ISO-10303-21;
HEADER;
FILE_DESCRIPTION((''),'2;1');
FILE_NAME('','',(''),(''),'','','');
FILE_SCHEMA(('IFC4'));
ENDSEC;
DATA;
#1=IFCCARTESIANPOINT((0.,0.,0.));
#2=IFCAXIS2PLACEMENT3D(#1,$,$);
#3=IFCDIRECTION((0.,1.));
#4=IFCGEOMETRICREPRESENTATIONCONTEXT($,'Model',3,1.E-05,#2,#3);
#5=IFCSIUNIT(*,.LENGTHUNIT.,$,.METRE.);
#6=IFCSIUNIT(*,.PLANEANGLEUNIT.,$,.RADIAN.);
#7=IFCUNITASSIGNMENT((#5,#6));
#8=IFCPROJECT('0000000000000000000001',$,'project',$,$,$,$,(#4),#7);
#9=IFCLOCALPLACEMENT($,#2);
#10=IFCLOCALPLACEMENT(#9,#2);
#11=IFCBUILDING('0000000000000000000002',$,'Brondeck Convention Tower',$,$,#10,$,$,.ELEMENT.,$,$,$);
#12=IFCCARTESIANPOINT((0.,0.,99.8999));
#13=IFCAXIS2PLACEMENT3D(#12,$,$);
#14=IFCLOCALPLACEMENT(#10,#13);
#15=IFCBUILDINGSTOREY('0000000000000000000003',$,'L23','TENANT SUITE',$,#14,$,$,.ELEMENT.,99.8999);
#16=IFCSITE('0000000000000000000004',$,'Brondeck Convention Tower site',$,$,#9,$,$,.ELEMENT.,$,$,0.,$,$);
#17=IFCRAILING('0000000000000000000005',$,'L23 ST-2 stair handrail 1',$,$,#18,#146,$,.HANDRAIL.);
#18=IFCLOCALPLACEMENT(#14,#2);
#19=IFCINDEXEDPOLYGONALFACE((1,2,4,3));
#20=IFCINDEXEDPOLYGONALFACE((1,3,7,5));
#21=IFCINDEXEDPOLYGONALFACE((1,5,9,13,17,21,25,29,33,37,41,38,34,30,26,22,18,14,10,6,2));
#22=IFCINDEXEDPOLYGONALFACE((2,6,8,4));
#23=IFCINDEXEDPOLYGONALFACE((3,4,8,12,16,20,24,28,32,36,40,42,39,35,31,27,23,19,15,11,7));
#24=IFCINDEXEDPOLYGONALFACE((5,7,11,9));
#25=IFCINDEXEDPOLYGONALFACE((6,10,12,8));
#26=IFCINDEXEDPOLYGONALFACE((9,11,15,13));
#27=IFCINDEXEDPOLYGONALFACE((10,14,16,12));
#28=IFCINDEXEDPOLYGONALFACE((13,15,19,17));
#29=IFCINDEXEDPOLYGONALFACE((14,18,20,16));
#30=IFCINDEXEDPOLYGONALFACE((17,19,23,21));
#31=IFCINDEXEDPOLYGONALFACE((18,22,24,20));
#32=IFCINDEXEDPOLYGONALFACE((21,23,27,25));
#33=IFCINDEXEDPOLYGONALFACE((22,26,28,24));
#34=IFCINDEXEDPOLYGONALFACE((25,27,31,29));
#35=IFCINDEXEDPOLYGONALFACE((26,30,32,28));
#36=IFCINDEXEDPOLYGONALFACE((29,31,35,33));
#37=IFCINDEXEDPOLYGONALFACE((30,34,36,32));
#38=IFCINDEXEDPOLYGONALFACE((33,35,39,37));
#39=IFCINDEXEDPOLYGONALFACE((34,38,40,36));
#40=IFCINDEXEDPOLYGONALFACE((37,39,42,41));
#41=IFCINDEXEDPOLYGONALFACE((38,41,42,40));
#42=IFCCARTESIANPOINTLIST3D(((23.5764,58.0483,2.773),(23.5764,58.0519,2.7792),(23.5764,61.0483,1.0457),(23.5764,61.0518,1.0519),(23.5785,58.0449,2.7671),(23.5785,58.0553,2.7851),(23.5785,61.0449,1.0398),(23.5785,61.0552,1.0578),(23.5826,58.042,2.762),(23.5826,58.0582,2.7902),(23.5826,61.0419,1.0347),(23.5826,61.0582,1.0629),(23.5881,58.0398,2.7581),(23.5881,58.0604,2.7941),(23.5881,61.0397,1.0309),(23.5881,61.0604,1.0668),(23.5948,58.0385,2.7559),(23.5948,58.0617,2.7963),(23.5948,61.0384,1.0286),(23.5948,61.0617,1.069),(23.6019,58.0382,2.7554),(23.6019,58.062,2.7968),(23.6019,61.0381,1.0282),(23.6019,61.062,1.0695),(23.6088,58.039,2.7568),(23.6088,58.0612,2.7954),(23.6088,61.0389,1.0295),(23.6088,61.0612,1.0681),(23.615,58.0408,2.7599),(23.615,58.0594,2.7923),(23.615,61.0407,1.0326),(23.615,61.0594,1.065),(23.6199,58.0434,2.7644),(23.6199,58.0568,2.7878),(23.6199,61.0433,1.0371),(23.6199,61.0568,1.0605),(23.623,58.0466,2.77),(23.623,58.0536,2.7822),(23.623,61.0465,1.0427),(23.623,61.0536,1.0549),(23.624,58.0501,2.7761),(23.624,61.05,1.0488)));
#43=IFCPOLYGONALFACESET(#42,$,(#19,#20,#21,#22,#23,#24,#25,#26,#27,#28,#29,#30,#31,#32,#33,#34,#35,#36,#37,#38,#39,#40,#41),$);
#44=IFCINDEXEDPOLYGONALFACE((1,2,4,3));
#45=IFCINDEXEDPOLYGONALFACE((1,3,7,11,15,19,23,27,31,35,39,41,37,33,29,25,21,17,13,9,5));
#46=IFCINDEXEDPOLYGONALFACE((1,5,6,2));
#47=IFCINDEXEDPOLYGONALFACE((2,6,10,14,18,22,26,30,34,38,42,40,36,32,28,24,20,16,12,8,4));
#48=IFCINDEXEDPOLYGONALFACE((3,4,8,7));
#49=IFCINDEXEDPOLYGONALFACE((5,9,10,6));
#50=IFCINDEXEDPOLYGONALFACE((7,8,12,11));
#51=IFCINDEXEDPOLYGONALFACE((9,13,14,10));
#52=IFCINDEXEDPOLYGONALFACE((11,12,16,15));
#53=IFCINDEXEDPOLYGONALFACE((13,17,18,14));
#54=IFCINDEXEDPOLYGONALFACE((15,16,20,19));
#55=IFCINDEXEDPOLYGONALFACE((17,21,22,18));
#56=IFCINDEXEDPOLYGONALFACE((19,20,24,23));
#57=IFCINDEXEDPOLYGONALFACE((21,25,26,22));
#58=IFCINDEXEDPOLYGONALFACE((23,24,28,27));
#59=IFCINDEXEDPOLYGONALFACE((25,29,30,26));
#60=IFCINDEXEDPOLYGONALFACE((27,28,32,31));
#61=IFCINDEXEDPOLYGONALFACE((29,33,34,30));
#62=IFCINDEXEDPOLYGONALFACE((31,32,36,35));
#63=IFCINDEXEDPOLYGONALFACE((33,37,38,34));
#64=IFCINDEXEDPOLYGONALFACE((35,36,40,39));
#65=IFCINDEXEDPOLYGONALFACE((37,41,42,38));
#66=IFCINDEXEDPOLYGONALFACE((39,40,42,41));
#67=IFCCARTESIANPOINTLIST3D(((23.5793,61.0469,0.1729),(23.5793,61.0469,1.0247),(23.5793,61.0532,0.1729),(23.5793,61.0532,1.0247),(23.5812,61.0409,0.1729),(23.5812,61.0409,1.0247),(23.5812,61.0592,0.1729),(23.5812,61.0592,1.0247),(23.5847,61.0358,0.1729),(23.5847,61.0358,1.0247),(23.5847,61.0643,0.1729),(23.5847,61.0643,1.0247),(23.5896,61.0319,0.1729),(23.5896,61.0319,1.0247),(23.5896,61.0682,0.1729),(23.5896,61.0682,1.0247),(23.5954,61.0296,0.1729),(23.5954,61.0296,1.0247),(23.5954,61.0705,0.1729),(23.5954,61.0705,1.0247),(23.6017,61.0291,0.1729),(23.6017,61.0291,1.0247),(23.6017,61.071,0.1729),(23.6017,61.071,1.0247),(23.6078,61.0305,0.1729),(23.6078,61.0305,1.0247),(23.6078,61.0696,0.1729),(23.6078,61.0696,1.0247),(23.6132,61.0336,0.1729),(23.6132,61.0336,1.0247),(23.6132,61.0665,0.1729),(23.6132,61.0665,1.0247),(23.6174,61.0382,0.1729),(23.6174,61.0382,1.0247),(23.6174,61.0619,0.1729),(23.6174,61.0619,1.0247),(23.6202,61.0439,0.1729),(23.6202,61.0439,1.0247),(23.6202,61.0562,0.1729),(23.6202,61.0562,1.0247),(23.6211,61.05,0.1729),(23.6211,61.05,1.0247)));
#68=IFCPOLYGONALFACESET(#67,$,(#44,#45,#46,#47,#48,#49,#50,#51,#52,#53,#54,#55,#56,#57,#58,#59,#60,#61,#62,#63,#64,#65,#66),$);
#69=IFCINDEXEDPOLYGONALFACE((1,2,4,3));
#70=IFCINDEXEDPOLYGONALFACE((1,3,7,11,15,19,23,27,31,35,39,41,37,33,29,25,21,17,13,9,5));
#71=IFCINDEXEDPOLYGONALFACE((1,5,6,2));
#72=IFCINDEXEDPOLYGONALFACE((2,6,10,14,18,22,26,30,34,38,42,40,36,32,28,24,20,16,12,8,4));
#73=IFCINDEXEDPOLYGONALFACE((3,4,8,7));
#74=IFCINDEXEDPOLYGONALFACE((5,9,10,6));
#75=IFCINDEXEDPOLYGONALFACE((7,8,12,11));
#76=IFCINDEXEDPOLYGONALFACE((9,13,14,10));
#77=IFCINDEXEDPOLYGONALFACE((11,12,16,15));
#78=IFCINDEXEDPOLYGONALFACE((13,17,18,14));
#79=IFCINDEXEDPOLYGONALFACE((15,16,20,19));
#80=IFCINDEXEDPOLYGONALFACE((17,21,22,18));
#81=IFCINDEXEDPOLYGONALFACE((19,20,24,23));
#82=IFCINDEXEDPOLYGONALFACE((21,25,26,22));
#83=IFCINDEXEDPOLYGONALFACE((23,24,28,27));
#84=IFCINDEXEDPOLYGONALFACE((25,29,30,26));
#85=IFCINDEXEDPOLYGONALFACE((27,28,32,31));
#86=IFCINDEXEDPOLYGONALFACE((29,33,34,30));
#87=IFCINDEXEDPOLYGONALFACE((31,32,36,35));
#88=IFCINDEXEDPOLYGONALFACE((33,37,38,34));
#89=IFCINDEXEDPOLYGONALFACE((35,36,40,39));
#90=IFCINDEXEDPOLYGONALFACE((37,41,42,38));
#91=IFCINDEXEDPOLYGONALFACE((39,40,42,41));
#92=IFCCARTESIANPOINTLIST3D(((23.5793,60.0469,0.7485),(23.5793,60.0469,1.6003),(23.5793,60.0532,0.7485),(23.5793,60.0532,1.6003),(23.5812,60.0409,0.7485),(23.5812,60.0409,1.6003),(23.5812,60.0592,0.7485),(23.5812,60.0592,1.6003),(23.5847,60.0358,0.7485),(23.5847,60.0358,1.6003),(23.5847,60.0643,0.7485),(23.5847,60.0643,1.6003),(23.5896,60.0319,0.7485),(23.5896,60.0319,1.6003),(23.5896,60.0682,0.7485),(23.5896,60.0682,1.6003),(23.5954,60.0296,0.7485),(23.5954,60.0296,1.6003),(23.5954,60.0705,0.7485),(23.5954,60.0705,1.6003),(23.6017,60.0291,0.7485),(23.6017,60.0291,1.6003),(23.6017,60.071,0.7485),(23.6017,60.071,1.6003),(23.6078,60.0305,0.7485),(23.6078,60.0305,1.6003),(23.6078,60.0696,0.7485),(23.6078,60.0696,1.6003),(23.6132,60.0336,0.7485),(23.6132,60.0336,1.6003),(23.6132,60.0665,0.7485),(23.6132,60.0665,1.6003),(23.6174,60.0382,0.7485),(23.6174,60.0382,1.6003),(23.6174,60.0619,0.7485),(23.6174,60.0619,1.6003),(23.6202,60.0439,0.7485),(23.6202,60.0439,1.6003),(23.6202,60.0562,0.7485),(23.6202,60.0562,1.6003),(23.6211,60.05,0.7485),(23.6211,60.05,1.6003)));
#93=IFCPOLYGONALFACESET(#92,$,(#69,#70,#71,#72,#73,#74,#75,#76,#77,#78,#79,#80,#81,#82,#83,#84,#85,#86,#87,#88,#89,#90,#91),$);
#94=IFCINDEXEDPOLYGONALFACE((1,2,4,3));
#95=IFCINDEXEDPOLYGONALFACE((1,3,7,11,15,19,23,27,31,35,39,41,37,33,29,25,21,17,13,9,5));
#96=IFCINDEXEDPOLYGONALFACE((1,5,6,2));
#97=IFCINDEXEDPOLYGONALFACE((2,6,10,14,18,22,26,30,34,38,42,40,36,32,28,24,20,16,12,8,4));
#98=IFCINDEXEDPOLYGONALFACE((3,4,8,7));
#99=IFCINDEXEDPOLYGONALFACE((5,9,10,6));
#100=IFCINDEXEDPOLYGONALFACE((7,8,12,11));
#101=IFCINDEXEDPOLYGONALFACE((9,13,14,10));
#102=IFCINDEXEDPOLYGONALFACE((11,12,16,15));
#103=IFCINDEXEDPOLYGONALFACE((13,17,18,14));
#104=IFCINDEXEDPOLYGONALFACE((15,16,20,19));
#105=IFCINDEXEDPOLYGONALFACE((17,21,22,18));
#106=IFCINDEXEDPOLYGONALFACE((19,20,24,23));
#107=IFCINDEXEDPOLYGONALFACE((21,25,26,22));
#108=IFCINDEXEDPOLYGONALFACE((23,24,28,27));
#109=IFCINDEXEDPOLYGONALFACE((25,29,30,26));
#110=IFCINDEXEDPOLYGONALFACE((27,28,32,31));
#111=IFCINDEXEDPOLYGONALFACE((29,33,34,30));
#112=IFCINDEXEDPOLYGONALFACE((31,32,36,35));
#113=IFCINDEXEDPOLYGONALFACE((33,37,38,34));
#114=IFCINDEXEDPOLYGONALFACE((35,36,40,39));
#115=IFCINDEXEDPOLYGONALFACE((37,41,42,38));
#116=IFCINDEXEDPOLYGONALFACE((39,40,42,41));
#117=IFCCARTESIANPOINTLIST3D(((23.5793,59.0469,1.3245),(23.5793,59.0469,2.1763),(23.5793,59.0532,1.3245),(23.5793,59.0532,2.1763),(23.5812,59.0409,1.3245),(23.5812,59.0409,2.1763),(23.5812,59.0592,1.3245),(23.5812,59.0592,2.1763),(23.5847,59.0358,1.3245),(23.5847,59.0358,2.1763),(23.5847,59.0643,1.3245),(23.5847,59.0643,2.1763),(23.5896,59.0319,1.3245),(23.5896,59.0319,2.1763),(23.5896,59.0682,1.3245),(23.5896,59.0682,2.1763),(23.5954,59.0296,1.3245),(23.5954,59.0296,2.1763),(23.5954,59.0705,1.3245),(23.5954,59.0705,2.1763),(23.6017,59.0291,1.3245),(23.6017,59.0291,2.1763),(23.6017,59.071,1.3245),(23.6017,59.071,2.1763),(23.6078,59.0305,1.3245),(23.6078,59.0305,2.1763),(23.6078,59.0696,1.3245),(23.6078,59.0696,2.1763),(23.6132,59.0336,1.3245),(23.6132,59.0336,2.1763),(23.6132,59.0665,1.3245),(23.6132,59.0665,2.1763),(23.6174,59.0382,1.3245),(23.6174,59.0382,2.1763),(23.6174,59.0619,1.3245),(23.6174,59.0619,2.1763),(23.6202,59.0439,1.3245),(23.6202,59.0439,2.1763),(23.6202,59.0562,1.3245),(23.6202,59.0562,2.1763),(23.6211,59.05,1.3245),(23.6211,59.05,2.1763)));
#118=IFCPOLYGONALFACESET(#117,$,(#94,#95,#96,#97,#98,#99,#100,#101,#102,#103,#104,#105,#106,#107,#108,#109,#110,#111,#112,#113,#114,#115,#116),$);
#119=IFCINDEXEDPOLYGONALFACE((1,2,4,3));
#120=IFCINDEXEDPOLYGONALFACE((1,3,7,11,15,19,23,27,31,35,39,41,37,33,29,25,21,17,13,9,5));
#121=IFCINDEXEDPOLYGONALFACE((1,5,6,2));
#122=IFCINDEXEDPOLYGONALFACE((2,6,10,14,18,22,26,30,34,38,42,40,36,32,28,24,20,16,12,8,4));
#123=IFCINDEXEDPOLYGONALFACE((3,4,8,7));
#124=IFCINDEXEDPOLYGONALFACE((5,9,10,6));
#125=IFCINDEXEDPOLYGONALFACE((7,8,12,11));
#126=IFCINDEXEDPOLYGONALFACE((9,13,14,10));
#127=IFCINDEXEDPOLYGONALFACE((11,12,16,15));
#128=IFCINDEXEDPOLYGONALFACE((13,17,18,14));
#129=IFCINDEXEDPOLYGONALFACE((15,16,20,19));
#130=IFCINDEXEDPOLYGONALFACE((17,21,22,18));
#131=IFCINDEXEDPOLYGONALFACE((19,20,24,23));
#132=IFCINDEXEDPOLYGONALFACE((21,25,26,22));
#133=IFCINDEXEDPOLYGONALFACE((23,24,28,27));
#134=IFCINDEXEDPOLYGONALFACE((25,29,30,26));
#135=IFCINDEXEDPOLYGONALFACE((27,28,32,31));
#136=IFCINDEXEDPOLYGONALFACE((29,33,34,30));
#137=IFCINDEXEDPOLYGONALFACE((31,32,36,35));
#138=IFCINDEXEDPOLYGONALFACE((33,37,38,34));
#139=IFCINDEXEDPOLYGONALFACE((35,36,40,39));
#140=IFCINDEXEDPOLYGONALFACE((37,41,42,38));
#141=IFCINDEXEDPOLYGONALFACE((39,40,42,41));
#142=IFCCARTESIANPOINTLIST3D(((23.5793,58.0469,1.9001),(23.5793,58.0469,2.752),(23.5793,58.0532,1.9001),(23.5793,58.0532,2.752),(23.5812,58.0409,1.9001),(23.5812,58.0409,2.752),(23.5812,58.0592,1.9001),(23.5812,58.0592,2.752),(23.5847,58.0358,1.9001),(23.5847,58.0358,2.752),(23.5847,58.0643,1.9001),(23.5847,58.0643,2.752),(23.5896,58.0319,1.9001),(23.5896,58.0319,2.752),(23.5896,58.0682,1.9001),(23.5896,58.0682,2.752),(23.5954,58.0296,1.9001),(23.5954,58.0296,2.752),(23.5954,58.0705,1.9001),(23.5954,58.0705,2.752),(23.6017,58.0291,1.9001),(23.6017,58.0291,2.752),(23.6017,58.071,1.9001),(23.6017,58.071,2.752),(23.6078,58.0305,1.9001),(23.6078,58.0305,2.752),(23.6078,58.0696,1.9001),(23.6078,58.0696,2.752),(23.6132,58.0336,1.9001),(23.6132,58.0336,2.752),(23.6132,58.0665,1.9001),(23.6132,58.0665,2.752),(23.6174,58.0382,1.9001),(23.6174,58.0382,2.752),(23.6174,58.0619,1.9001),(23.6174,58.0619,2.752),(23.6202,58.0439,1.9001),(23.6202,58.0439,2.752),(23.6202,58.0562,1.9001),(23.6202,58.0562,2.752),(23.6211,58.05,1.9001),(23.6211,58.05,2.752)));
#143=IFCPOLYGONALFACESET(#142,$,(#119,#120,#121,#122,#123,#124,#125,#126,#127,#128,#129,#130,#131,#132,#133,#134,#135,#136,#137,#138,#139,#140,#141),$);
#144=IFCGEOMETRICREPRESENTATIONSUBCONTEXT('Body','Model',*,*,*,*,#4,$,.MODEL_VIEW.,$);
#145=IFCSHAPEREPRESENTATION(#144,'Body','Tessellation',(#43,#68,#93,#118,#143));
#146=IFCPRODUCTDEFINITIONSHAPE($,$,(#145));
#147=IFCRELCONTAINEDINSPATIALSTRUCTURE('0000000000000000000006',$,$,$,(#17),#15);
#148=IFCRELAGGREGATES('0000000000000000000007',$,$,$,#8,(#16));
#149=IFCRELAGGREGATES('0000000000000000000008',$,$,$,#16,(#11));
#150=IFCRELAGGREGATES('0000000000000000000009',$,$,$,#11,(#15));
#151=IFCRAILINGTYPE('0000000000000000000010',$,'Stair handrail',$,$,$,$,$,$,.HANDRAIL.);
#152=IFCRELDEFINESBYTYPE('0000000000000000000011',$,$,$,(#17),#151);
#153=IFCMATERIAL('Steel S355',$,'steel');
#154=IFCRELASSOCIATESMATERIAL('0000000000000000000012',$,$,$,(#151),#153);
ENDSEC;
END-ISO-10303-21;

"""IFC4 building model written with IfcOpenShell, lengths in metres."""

from ifc_helpers import new_model, si_unit, direction, frame, origin, origin_2d, place, context, subcontext, project, spatial, circle, extrude, material, type_object, element, save


model = new_model("IFC4")

# Units and contexts
model_context = context("Model", 3, precision=1e-05, world=origin(), true_north=direction((0.0, 1.0)))
body_context = subcontext(model_context, "Body", "Model", "MODEL_VIEW")
ifc_project = project(units=[si_unit("LENGTHUNIT", "METRE"), si_unit("PLANEANGLEUNIT", "RADIAN")], contexts=[model_context])

# Site, building, storey
site_placement = place(None, origin())
site = spatial("IfcSite", under=ifc_project, at=site_placement, Name="Brondeck Convention Tower site", CompositionType="ELEMENT", RefElevation=0.0)
building_placement = place(site_placement, origin())
building = spatial("IfcBuilding", under=site, at=building_placement, Name="Brondeck Convention Tower", CompositionType="ELEMENT")
storey_placement = place(building_placement, frame((0.0, 0.0, 99.8999)))
storey = spatial("IfcBuildingStorey", under=building, at=storey_placement, Name="L23", Description="TENANT SUITE", CompositionType="ELEMENT", Elevation=99.8999)

# Railing
ifc_material_1 = material(Name="Steel S355", Category="steel")
railing_type_1 = type_object("IfcRailingType", Name="Stair handrail", PredefinedType="HANDRAIL", material=ifc_material_1)
railing_1_placement = place(storey_placement, frame((23.6001, 61.05, 0.1729)))
element("IfcRailing", 1, at=railing_1_placement, inside=storey, type_object=railing_type_1, Name="L23 ST-2 stair handrail 1", PredefinedType="HANDRAIL", context=body_context, shape_type="SweptSolid", body=[
    extrude(circle(Radius=0.0239, at=origin_2d()), frame((0.0, 0.0, 0.876), z_axis=(0.0, -0.86662, 0.498969), x_axis=(1.0, 0.0, 0.0)), (0.0, 0.0, 1.0), 3.4617),
    extrude(circle(Radius=0.021, at=origin_2d()), origin(), (0.0, 0.0, 1.0), 0.8518),
    extrude(circle(Radius=0.021, at=origin_2d()), frame((0.0, -1.0, 0.5757)), (0.0, 0.0, 1.0), 0.8518),
    extrude(circle(Radius=0.021, at=origin_2d()), frame((0.0, -2.0, 1.1516)), (0.0, 0.0, 1.0), 0.8518),
    extrude(circle(Radius=0.021, at=origin_2d()), frame((0.0, -3.0, 1.7273)), (0.0, 0.0, 1.0), 0.8518),
])

save(model, "model.ifc")
